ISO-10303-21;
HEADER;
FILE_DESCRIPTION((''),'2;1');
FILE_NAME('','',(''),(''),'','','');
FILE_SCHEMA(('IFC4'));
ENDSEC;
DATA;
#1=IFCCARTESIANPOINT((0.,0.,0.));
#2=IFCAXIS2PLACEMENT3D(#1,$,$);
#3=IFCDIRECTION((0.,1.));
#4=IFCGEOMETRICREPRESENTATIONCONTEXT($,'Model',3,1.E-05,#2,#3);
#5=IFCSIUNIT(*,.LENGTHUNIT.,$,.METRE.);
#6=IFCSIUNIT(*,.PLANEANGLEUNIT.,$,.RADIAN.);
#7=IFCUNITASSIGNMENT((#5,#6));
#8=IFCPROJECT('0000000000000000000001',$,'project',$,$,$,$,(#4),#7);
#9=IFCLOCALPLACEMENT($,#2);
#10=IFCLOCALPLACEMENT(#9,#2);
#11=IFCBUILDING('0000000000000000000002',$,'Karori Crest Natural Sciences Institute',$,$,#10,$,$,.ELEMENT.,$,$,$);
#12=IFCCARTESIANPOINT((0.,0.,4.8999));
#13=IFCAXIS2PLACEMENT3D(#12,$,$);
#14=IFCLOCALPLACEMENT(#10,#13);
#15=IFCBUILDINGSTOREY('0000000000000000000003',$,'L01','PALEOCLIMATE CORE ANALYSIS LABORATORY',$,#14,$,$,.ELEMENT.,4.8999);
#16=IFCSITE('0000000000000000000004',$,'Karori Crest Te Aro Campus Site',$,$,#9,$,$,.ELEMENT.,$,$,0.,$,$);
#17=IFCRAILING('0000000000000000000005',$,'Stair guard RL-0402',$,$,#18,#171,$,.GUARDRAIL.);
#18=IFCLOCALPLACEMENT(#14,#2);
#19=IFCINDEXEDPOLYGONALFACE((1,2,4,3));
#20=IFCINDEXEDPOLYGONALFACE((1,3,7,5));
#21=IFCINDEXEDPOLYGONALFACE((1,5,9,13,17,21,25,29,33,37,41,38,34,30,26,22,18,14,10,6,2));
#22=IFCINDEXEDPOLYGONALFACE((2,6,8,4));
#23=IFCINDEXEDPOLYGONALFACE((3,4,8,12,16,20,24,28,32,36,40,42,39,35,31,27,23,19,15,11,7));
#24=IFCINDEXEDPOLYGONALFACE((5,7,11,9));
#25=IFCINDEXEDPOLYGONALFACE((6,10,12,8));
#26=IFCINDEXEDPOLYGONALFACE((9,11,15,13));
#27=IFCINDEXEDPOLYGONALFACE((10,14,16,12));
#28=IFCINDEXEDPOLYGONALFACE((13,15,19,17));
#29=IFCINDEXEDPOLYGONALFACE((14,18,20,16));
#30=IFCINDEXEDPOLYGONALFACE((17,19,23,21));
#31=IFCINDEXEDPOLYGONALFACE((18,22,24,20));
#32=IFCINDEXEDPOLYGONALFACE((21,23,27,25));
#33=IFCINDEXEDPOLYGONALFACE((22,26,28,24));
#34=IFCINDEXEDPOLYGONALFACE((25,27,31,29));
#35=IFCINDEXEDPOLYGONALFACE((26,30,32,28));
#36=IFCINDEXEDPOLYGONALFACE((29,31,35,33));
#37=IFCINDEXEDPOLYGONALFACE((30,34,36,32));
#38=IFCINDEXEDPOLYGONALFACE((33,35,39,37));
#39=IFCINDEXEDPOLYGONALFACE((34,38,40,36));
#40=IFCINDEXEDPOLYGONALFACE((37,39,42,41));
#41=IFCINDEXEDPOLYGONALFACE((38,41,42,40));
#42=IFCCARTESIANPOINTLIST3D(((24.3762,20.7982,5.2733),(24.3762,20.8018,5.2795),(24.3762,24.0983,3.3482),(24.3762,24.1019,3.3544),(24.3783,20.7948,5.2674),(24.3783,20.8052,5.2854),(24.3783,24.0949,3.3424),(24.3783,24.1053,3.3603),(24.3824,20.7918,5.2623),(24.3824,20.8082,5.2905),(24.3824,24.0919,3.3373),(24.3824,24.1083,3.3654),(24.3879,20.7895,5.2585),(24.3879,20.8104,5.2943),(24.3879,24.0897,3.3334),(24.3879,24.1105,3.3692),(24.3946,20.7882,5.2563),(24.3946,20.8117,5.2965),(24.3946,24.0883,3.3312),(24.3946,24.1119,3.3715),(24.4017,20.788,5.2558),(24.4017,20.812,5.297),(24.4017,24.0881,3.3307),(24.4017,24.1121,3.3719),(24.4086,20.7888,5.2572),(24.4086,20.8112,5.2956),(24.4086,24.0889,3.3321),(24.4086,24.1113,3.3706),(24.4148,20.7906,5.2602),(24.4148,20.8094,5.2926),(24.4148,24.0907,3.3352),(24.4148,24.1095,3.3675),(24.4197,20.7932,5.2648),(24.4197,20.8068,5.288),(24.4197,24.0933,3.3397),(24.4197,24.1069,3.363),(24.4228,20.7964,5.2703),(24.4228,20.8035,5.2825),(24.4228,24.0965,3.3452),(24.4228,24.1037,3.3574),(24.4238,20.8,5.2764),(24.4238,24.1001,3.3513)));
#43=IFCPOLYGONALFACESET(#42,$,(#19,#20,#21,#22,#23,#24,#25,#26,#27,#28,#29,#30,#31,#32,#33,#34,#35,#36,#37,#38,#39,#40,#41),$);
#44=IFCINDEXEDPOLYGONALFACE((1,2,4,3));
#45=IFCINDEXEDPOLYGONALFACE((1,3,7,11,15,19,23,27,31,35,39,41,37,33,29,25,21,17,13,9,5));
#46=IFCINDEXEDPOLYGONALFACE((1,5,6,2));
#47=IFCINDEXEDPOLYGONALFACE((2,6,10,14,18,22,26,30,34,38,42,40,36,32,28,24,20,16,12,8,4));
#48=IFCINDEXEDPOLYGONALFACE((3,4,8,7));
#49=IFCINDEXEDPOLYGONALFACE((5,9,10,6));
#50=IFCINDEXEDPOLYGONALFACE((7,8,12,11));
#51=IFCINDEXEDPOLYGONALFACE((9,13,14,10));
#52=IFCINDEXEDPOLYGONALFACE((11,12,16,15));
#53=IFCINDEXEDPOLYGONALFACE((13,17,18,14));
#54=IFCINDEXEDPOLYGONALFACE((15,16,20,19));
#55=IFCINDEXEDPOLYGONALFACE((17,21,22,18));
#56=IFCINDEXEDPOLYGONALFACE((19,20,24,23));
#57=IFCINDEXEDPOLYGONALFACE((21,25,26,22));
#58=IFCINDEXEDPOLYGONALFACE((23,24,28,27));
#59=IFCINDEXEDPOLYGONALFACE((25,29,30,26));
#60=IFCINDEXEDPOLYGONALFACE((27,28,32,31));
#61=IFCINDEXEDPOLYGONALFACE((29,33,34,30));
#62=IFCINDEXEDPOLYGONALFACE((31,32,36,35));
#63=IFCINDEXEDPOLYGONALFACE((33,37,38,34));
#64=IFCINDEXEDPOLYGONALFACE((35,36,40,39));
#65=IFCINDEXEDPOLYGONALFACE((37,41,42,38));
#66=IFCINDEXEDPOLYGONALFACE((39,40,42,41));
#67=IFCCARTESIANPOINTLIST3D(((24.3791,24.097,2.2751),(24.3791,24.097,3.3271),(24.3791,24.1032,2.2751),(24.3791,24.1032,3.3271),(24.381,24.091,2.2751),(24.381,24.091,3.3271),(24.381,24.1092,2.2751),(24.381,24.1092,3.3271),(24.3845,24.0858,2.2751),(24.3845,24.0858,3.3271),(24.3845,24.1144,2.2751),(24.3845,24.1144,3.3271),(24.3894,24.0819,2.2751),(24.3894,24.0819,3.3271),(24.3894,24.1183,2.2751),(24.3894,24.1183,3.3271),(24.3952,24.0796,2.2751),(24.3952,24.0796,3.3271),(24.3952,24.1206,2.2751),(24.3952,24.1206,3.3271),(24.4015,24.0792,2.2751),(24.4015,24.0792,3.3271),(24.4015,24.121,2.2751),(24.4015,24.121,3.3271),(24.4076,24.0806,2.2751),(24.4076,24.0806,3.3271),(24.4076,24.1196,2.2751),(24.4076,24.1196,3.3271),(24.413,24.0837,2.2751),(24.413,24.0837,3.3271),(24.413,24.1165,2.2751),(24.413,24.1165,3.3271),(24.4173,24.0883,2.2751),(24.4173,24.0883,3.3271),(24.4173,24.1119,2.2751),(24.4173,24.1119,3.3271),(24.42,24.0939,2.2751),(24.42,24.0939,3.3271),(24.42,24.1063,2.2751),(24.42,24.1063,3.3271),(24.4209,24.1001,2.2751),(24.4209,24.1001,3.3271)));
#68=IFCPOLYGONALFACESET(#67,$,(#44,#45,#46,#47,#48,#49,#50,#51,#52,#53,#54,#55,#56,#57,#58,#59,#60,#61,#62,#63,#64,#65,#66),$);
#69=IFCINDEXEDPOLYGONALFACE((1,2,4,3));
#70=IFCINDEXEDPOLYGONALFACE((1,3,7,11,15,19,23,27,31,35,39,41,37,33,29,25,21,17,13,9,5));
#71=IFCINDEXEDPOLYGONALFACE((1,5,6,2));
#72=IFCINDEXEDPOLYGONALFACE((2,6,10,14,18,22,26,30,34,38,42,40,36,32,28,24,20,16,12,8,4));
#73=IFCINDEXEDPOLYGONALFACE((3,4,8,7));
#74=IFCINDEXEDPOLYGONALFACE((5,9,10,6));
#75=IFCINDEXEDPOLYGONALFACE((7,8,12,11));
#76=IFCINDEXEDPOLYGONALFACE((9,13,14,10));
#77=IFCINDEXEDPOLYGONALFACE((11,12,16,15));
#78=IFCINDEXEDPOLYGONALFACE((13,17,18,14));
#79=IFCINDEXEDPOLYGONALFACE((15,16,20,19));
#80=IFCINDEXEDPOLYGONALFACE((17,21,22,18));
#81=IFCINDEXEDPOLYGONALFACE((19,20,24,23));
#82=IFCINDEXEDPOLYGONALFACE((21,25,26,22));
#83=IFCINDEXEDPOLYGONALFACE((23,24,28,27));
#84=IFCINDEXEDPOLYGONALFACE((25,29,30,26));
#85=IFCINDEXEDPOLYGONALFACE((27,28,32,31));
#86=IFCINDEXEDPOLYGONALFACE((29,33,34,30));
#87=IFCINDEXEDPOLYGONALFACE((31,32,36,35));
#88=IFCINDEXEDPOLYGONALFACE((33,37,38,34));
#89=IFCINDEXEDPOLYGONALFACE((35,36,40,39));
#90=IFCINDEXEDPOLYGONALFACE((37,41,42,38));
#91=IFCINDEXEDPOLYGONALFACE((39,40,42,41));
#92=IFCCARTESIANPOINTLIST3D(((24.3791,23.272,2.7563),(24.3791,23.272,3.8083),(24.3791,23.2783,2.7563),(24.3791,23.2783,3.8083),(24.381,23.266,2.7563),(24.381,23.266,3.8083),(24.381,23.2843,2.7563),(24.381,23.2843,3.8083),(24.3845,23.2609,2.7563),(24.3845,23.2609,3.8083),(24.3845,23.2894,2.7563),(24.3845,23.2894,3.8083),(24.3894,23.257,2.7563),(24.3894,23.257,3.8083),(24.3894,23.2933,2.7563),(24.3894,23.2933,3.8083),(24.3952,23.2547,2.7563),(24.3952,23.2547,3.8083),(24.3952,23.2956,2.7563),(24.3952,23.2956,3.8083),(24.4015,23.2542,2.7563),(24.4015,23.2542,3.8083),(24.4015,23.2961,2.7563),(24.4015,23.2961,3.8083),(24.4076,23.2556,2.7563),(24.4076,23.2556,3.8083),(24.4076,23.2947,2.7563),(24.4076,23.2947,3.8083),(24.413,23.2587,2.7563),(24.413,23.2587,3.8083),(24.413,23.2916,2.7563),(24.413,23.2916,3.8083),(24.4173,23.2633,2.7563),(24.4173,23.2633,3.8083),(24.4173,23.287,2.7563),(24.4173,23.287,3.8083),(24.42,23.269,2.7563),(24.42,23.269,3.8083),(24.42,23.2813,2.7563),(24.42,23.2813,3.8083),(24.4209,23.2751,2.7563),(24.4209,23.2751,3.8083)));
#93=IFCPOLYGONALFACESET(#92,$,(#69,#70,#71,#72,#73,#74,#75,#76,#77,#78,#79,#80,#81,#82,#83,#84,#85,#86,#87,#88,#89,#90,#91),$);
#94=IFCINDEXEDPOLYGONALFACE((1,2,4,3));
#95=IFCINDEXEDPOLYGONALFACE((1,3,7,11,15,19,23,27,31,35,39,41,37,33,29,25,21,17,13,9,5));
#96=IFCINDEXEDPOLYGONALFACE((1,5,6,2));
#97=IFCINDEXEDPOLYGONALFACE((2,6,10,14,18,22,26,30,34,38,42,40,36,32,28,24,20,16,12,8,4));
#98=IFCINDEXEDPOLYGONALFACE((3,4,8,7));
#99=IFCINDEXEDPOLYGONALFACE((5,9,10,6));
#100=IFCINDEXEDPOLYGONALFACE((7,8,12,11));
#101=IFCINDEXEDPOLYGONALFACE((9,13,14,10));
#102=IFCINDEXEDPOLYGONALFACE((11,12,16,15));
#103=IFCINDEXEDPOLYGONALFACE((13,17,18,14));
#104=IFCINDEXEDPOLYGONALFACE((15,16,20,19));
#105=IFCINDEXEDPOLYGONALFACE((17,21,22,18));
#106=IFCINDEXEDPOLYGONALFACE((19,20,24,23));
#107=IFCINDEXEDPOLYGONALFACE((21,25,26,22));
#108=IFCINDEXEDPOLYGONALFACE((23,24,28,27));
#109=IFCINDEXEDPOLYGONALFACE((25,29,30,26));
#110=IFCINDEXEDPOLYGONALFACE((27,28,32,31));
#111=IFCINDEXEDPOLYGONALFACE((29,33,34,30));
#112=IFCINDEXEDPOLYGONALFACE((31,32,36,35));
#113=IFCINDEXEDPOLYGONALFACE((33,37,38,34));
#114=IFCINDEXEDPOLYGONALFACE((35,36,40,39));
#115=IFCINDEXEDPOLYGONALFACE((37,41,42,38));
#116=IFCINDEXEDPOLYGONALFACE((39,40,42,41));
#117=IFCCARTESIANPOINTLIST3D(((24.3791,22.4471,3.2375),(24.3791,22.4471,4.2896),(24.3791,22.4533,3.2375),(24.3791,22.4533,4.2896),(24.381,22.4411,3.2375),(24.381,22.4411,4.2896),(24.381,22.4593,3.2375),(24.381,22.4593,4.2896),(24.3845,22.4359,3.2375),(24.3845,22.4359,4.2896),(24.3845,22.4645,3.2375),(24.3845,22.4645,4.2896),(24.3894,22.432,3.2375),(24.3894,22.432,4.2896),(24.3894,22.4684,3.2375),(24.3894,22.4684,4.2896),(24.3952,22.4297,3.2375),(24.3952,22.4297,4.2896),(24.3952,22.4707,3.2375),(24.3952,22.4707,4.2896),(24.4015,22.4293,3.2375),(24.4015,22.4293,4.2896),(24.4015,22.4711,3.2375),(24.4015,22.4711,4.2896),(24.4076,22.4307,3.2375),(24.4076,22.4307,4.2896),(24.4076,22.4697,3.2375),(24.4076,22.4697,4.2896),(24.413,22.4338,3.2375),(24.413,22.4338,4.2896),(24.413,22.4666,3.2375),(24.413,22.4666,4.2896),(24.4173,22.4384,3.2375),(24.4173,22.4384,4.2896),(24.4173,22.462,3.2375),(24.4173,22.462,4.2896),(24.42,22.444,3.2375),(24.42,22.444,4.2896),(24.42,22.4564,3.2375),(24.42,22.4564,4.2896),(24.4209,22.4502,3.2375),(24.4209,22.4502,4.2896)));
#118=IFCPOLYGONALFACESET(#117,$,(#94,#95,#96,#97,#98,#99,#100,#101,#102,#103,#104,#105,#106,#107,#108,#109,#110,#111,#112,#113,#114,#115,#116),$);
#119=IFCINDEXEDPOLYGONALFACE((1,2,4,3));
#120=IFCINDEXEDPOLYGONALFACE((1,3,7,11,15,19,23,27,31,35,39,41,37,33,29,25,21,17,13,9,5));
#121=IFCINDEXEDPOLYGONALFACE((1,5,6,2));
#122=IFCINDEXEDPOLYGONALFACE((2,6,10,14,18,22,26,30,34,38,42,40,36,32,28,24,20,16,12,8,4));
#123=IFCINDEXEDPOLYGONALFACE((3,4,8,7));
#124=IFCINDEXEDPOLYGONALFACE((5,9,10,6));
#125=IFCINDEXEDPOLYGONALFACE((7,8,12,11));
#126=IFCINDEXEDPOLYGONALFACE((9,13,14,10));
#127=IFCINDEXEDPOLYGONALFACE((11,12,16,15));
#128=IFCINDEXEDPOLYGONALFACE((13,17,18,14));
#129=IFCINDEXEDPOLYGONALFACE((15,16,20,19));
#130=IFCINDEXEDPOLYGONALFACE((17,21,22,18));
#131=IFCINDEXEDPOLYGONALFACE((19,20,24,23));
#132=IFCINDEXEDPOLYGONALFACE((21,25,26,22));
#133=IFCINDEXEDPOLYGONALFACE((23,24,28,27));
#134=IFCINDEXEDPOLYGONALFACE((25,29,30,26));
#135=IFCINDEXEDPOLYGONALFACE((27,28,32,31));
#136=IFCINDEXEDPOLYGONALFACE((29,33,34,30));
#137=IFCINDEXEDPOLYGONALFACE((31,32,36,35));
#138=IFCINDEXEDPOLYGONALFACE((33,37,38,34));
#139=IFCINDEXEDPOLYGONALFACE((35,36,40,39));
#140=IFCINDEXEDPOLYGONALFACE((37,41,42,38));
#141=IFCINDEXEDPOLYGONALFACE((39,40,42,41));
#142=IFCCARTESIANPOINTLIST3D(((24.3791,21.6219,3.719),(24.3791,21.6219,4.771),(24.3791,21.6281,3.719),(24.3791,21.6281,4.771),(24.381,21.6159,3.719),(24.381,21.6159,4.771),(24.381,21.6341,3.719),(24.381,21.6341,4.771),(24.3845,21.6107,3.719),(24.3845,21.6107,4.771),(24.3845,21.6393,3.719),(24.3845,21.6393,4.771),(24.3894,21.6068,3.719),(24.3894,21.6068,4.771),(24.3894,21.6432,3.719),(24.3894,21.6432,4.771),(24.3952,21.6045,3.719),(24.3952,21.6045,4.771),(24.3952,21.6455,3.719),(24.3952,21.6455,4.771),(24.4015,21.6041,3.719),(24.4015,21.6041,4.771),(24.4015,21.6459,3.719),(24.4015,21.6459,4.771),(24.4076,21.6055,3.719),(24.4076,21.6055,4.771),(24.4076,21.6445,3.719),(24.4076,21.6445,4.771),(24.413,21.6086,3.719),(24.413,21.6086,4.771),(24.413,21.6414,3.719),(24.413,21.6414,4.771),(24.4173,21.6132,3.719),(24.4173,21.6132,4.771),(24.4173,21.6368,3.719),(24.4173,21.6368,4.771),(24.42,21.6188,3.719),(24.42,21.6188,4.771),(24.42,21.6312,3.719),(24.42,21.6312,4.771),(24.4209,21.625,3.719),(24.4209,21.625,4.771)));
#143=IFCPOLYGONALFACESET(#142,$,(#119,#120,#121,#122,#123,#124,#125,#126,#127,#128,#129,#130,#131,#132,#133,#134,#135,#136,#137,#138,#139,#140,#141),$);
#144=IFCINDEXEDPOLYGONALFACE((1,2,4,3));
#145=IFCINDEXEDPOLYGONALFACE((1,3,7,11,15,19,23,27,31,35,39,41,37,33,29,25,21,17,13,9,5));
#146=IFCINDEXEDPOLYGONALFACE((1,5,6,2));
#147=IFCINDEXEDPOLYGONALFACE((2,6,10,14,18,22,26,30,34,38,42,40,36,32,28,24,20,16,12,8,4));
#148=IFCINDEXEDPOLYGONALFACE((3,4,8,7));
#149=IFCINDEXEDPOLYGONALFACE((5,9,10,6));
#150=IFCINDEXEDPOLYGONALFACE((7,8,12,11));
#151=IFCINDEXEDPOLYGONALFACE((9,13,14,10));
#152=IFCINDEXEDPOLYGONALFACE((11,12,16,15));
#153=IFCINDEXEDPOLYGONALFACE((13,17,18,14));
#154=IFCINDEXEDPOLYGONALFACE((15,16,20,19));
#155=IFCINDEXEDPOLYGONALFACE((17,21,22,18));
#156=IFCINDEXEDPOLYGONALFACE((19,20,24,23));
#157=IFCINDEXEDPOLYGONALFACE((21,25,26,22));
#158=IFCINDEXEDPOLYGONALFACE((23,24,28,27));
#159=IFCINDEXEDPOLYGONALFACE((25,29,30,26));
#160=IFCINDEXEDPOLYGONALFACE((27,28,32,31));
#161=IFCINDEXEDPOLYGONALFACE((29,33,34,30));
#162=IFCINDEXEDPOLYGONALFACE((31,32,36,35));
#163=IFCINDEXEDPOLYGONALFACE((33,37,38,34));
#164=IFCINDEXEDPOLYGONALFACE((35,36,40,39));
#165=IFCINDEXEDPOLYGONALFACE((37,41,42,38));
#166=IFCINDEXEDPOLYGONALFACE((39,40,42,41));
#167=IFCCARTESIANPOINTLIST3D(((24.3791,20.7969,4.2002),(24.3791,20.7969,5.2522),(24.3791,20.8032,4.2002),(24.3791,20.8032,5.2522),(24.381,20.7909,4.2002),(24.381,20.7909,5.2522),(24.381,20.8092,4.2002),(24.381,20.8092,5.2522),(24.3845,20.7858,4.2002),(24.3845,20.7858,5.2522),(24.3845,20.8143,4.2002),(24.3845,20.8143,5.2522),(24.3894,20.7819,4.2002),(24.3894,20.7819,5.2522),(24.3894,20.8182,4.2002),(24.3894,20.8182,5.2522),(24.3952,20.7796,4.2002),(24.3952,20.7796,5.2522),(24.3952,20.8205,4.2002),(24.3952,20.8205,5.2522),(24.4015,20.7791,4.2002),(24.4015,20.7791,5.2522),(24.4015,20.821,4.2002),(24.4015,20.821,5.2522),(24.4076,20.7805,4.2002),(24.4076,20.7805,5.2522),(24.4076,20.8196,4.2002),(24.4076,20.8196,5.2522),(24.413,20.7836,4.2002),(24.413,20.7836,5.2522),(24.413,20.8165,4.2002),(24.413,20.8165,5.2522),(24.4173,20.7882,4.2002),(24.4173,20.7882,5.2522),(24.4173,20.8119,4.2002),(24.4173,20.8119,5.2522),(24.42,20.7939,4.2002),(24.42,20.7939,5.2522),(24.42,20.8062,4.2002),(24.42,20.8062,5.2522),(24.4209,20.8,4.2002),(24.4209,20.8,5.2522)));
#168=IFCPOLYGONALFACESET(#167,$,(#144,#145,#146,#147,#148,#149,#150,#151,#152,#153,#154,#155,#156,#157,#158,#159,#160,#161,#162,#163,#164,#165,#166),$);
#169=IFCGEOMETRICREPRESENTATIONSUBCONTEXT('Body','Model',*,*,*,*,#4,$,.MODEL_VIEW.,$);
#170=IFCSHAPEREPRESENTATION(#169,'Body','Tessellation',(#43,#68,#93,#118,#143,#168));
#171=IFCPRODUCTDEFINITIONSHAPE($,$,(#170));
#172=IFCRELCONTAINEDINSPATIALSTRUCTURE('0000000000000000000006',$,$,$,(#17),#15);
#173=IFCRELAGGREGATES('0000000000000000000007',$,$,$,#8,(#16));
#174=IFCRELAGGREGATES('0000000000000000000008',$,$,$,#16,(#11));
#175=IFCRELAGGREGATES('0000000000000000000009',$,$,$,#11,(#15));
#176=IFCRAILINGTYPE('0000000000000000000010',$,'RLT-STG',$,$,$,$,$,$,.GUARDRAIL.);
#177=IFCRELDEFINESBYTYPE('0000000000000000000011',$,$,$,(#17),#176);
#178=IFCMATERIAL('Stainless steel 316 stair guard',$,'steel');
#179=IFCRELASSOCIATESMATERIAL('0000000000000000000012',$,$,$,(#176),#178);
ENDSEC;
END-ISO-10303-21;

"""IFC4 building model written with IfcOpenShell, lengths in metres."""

from ifc_helpers import new_model, si_unit, direction, frame, origin, origin_2d, place, context, subcontext, project, spatial, circle, extrude, material, type_object, element, save


model = new_model("IFC4")

# Units and contexts
model_context = context("Model", 3, precision=1e-05, world=origin(), true_north=direction((0.0, 1.0)))
body_context = subcontext(model_context, "Body", "Model", "MODEL_VIEW")
ifc_project = project(units=[si_unit("LENGTHUNIT", "METRE"), si_unit("PLANEANGLEUNIT", "RADIAN")], contexts=[model_context])

# Site, building, storey
site_placement = place(None, origin())
site = spatial("IfcSite", under=ifc_project, at=site_placement, Name="Karori Crest Te Aro Campus Site", CompositionType="ELEMENT", RefElevation=0.0)
building_placement = place(site_placement, origin())
building = spatial("IfcBuilding", under=site, at=building_placement, Name="Karori Crest Natural Sciences Institute", CompositionType="ELEMENT")
storey_placement = place(building_placement, frame((0.0, 0.0, 4.8999)))
storey = spatial("IfcBuildingStorey", under=building, at=storey_placement, Name="L01", Description="PALEOCLIMATE CORE ANALYSIS LABORATORY", CompositionType="ELEMENT", Elevation=4.8999)

# Railing
ifc_material_1 = material(Name="Stainless steel 316 stair guard", Category="steel")
railing_type_1 = type_object("IfcRailingType", Name="RLT-STG", PredefinedType="GUARDRAIL", material=ifc_material_1)
railing_1_placement = place(storey_placement, frame((24.3999, 24.1001, 2.2751)))
element("IfcRailing", 1, at=railing_1_placement, inside=storey, type_object=railing_type_1, Name="Stair guard RL-0402", PredefinedType="GUARDRAIL", context=body_context, shape_type="SweptSolid", body=[
    extrude(circle(Radius=0.0239, at=origin_2d()), frame((0.0, 0.0, 1.0762), z_axis=(0.0, -0.863777, 0.503875), x_axis=(1.0, 0.0, 0.0)), (0.0, 0.0, 1.0), 3.8206),
    extrude(circle(Radius=0.021, at=origin_2d()), origin(), (0.0, 0.0, 1.0), 1.052),
    extrude(circle(Radius=0.021, at=origin_2d()), frame((0.0, -0.825, 0.4812)), (0.0, 0.0, 1.0), 1.052),
    extrude(circle(Radius=0.021, at=origin_2d()), frame((0.0, -1.6499, 0.9624)), (0.0, 0.0, 1.0), 1.052),
    extrude(circle(Radius=0.021, at=origin_2d()), frame((0.0, -2.4751, 1.4438)), (0.0, 0.0, 1.0), 1.052),
    extrude(circle(Radius=0.021, at=origin_2d()), frame((0.0, -3.3, 1.925)), (0.0, 0.0, 1.0), 1.052),
])

save(model, "model.ifc")
